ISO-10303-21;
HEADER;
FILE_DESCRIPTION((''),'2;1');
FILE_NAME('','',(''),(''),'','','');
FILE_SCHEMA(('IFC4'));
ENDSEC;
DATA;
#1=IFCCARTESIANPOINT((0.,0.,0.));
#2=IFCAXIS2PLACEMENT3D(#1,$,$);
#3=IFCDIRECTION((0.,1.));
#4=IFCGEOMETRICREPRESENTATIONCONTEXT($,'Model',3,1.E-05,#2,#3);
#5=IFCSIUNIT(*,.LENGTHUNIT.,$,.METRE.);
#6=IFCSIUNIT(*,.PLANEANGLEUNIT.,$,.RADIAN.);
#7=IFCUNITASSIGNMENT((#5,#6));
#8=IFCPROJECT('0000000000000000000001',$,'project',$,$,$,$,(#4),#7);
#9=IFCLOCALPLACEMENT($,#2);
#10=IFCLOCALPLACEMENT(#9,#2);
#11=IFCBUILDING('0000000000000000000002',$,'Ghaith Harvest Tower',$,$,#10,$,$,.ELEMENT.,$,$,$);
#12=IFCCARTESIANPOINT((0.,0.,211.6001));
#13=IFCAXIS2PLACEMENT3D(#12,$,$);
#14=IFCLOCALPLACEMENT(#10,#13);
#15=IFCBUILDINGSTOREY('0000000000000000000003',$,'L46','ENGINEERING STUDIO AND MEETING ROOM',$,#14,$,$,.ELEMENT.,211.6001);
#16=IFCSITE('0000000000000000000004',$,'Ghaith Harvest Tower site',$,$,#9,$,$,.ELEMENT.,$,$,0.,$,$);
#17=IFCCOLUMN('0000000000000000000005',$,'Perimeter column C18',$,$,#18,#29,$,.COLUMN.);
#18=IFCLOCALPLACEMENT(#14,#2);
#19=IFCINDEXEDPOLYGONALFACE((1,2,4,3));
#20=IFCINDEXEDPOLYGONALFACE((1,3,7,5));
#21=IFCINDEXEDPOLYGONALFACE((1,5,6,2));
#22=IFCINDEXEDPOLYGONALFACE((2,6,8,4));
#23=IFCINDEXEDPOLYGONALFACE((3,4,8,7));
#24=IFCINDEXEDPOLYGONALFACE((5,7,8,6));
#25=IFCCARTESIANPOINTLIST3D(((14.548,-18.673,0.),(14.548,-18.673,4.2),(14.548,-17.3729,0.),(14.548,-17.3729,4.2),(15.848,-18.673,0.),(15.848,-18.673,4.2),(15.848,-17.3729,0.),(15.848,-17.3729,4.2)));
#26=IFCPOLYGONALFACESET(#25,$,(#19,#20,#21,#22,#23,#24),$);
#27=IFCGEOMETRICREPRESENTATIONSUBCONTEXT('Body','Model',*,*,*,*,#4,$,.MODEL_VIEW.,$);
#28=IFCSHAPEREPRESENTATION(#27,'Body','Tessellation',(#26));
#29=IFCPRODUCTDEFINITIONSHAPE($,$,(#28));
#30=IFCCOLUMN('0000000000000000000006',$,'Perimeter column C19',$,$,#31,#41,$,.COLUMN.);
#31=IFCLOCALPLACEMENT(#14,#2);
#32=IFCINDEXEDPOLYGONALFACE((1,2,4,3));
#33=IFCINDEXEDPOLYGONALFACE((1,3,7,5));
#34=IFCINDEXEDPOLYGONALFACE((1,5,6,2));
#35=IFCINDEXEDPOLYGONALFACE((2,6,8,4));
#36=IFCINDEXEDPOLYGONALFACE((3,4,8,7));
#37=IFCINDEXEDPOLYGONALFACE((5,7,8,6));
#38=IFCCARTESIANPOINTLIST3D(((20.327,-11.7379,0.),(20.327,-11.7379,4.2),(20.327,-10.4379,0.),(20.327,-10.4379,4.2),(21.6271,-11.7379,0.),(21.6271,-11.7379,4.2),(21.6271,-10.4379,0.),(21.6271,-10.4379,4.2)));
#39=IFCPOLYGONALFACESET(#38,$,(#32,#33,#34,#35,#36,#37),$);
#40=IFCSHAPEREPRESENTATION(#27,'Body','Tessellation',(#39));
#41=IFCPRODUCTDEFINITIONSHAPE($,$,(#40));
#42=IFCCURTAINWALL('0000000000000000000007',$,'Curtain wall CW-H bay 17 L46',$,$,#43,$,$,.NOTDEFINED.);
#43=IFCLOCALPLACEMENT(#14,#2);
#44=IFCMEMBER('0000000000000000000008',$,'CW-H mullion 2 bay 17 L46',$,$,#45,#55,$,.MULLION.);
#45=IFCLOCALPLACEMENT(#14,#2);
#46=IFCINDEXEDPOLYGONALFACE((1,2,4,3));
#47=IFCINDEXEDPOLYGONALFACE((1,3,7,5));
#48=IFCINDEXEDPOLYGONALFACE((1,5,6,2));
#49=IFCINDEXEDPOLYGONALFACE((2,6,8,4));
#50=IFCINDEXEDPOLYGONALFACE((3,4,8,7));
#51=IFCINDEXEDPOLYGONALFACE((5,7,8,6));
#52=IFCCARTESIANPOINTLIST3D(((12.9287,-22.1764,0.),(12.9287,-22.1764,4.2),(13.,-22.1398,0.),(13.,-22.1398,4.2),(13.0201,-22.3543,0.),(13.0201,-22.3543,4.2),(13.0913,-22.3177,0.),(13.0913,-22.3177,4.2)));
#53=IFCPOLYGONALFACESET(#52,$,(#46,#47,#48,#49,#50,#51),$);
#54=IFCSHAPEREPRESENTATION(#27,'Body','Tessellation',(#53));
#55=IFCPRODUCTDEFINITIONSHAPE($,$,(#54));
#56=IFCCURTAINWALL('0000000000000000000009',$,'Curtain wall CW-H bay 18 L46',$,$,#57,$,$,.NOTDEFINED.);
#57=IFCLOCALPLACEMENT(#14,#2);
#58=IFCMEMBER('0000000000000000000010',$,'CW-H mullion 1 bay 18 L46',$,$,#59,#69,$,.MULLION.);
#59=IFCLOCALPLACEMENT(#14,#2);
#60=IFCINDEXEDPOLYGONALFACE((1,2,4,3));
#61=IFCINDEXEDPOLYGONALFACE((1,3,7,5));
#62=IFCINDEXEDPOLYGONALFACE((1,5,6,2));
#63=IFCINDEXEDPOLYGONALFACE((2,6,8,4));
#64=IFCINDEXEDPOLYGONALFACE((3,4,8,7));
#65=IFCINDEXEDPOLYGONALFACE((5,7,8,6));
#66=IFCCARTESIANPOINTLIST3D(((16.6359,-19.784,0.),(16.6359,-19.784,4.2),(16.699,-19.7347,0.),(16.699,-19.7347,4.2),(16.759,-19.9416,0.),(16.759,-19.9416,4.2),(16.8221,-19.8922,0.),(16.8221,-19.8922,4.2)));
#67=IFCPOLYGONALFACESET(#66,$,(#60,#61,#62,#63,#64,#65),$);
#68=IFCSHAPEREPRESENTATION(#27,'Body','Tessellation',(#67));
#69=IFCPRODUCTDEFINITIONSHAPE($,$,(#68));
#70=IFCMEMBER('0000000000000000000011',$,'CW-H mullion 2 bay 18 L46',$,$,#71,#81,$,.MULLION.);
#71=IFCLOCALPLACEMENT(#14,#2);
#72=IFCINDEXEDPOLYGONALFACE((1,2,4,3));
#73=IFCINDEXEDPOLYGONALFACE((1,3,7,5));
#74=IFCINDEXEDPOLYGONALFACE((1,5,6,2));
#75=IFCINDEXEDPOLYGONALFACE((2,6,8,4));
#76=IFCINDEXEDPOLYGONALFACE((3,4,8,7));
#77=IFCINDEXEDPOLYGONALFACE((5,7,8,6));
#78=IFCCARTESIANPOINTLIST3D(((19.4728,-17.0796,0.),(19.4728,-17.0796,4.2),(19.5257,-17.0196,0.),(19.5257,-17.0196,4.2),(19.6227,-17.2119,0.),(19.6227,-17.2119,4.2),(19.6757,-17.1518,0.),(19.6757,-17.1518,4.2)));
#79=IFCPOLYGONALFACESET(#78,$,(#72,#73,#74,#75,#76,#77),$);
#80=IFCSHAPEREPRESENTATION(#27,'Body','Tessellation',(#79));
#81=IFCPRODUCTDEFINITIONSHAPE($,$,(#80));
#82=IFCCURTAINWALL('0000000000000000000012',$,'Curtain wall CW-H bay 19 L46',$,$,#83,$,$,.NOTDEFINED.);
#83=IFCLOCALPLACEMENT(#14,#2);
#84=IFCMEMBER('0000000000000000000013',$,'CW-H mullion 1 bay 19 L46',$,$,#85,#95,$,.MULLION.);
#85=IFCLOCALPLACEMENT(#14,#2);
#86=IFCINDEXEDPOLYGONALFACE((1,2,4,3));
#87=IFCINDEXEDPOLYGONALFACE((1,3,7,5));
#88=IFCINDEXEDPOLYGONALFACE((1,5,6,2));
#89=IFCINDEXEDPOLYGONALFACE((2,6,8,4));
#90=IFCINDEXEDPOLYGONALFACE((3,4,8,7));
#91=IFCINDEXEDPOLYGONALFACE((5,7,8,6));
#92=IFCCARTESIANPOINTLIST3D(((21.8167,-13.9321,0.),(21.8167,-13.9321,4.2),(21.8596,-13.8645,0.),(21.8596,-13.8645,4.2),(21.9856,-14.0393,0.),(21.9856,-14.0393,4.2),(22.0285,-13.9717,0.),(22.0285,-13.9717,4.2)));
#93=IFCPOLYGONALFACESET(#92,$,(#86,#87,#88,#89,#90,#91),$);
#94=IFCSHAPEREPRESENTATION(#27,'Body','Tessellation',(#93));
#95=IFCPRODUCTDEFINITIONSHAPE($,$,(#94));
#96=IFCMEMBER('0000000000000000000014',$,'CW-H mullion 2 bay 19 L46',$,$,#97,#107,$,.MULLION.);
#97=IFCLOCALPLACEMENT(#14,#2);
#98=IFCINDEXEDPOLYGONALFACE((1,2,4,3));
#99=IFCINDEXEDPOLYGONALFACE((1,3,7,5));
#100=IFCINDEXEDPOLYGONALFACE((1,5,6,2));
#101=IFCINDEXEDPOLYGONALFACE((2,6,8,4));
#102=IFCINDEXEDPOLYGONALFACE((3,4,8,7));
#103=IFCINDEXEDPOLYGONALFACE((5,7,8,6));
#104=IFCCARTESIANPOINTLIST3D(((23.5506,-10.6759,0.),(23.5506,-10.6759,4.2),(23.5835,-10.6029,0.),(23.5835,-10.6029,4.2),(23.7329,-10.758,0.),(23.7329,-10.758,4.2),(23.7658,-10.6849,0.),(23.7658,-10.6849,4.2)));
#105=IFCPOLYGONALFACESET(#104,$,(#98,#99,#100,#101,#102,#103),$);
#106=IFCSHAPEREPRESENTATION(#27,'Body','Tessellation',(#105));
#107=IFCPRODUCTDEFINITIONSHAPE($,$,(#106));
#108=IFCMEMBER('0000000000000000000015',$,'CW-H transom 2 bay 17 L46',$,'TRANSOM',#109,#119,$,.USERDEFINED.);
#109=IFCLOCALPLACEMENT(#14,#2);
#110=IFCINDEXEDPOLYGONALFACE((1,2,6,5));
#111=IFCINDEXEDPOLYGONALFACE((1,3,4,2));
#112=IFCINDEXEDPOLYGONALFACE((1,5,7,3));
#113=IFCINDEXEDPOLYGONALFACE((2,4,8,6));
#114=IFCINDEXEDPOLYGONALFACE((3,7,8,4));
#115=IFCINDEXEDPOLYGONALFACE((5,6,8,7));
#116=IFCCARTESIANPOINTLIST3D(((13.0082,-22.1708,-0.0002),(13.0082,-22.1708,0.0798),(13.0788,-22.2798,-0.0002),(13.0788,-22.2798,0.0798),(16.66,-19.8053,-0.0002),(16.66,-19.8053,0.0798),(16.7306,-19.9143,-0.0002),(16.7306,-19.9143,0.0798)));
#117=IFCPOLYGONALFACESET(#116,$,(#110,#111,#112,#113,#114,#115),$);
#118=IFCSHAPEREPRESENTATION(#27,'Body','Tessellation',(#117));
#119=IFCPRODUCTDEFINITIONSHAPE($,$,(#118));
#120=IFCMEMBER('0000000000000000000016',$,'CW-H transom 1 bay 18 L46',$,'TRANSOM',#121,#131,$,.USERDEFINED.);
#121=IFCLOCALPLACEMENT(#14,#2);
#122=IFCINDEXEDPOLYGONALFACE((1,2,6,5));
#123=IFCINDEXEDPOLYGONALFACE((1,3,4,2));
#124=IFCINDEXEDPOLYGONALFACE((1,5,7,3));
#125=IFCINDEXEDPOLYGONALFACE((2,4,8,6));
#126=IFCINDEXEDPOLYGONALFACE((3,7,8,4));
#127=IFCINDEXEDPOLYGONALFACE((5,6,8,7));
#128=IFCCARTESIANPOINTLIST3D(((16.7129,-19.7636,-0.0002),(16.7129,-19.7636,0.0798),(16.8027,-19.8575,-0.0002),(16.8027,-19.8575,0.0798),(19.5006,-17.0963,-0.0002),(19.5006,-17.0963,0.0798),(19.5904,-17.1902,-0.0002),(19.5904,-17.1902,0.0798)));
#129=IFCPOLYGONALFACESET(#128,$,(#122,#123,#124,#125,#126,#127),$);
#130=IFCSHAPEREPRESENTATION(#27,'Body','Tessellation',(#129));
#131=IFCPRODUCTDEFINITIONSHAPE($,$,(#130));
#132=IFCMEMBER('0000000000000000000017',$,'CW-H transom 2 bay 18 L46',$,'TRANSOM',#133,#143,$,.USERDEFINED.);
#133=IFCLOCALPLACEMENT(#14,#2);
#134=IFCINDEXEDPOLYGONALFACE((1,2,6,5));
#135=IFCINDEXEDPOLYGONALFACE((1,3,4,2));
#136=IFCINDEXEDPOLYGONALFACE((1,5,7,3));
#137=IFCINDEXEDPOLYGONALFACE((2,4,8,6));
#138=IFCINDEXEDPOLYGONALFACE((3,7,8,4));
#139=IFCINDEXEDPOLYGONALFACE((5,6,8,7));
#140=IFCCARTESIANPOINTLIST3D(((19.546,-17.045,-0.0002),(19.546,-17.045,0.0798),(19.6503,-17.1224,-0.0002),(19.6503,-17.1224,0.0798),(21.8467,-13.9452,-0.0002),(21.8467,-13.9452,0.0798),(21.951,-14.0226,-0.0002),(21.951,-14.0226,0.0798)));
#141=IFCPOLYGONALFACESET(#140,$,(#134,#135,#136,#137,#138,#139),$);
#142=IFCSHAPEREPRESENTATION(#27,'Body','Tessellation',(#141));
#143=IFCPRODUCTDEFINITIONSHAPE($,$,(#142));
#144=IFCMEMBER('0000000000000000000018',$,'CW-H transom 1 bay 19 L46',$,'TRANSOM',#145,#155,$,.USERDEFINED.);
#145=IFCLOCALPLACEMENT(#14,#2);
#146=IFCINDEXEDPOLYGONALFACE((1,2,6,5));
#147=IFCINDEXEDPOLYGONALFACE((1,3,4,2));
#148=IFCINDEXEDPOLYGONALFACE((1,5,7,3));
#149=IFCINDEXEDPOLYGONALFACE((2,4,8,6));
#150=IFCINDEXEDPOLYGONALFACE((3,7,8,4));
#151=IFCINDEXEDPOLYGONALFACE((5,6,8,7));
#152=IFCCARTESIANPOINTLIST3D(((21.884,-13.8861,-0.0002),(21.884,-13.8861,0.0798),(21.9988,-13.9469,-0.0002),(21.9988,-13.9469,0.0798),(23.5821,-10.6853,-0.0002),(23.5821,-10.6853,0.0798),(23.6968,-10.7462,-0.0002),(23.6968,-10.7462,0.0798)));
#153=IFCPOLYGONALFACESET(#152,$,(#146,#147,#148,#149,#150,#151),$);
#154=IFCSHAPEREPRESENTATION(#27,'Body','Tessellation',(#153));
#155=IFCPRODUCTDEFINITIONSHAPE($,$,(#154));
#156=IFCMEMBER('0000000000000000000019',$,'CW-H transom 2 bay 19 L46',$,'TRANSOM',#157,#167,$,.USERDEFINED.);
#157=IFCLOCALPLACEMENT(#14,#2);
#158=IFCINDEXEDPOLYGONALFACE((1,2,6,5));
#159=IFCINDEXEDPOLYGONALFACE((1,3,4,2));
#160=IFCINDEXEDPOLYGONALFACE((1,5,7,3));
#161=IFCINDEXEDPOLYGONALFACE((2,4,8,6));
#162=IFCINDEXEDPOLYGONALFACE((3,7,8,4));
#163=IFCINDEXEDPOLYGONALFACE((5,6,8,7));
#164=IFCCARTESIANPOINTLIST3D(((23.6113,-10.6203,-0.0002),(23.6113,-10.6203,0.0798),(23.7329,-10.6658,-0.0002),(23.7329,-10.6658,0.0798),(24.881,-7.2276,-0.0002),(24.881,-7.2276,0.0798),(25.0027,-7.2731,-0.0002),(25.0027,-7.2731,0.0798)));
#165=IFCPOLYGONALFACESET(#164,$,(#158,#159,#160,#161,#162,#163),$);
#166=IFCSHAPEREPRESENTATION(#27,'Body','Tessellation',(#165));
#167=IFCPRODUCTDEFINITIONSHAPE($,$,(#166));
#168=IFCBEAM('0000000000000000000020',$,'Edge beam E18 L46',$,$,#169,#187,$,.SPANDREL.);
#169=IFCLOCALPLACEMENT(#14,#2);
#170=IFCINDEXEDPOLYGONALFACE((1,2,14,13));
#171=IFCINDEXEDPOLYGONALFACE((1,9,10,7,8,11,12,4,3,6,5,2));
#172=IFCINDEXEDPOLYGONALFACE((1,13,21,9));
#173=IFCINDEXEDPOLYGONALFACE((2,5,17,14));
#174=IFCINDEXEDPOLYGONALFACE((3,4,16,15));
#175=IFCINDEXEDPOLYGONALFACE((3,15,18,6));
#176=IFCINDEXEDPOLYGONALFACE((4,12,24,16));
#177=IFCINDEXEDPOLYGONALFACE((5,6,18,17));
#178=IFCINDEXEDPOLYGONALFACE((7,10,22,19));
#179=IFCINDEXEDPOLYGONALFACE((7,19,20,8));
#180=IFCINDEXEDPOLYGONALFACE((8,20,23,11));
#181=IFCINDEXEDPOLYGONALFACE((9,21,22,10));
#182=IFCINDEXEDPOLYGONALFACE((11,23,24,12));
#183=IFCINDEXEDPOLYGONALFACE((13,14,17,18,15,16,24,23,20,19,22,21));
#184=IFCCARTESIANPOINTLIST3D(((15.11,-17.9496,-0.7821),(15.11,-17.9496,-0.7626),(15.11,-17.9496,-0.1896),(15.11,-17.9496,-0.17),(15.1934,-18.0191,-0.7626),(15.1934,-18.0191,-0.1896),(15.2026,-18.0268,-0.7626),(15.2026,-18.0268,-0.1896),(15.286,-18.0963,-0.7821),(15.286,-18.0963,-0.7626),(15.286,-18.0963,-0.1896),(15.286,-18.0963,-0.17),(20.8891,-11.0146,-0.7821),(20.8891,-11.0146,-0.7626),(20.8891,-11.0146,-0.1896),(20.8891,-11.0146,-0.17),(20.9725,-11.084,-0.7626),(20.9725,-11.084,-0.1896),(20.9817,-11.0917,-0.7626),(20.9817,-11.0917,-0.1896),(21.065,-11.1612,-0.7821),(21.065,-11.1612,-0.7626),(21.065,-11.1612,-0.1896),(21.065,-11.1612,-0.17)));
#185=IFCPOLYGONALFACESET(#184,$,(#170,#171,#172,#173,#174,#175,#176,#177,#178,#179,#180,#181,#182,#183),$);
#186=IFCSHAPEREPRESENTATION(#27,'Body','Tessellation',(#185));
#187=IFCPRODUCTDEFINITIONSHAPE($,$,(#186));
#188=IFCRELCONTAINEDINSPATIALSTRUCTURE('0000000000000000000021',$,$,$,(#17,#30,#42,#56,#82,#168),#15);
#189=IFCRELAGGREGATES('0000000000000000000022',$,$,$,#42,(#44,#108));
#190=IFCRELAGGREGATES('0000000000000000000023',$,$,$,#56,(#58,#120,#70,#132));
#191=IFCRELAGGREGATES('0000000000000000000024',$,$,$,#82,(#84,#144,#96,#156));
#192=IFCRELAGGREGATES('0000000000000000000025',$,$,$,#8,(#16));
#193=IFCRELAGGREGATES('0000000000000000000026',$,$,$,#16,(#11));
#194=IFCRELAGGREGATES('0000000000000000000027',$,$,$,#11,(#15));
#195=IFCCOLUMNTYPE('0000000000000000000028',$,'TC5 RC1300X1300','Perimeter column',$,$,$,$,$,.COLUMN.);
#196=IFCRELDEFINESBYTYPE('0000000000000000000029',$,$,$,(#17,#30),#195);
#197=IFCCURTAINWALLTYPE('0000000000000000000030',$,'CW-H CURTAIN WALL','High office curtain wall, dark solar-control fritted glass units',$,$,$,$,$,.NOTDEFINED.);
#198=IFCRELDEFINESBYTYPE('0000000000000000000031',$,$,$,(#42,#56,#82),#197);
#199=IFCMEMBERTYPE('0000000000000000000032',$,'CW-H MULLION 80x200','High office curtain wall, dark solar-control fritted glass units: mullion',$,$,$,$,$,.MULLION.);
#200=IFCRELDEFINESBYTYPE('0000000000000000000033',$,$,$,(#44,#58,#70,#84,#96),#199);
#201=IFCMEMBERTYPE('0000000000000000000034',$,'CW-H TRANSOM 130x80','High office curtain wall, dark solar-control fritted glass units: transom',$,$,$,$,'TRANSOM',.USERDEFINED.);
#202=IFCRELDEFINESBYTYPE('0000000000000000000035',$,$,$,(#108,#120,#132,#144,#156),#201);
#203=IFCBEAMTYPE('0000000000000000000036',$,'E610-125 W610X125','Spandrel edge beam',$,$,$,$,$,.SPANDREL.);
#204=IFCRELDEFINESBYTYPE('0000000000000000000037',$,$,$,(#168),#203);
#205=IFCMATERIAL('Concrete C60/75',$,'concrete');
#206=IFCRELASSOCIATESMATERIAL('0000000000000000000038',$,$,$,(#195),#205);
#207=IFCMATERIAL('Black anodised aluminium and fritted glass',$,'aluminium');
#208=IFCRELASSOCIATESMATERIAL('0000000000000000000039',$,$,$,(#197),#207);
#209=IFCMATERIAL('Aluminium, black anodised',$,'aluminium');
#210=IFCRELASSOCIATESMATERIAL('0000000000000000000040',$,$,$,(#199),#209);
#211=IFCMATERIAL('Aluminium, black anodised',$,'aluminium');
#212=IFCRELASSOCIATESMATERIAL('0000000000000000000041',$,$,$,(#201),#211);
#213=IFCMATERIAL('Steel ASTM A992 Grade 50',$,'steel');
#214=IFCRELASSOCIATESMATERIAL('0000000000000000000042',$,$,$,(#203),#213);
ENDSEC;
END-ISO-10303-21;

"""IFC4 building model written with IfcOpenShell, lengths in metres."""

from ifc_helpers import new_model, si_unit, direction, frame, origin, origin_2d, place, context, subcontext, project, spatial, rectangle, i_section, extrude, material, material_profile, profile_set, type_object, element, aggregate, save


model = new_model("IFC4")

# Units and contexts
model_context = context("Model", 3, precision=1e-05, world=origin(), true_north=direction((0.0, 1.0)))
body_context = subcontext(model_context, "Body", "Model", "MODEL_VIEW")
ifc_project = project(units=[si_unit("LENGTHUNIT", "METRE"), si_unit("PLANEANGLEUNIT", "RADIAN")], contexts=[model_context])

# Site, building, storey
site_placement = place(None, origin())
site = spatial("IfcSite", under=ifc_project, at=site_placement, Name="Ghaith Harvest Tower site", CompositionType="ELEMENT", RefElevation=0.0)
building_placement = place(site_placement, origin())
building = spatial("IfcBuilding", under=site, at=building_placement, Name="Ghaith Harvest Tower", CompositionType="ELEMENT")
storey_placement = place(building_placement, frame((0.0, 0.0, 211.6001)))
storey = spatial("IfcBuildingStorey", under=building, at=storey_placement, Name="L46", Description="ENGINEERING STUDIO AND MEETING ROOM", CompositionType="ELEMENT", Elevation=211.6001)

# Columns
ifc_material_1 = material(Name="Concrete C60/75", Category="concrete")
ifc_material_profile_1 = material_profile(ifc_material_1, rectangle(XDim=1.3, YDim=1.3, at=origin_2d()), Name="RC1300X1300")
ifc_profile_set_1 = profile_set([ifc_material_profile_1], Name="Concrete C60/75")
column_type = type_object("IfcColumnType", Name="TC5 RC1300X1300", Description="Perimeter column", PredefinedType="COLUMN", material=ifc_profile_set_1)
for number, where, z_axis, x_axis, name in (
    (1, (15.198, -18.0229, 0.0), (0.0, 0.0, 1.0), (1.0, 0.0, 0.0), "Perimeter column C18"),
    (2, (20.9771, -11.0879, 0.0), (0.0, 0.0, 1.0), (1.0, 0.0, 0.0), "Perimeter column C19"),
):
    element("IfcColumn", number, at=place(storey_placement, frame(where, z_axis=z_axis, x_axis=x_axis)), inside=storey, type_object=column_type, Name=name, PredefinedType="COLUMN", context=body_context, shape_type="SweptSolid", body=[
        extrude(rectangle(XDim=1.3, YDim=1.3, at=origin_2d()), origin(), (0.0, 0.0, 1.0), 4.2),
    ])

# Curtain wall, member
ifc_material_2 = material(Name="Black anodised aluminium and fritted glass", Category="aluminium")
curtain_wall_type = type_object("IfcCurtainWallType", Name="CW-H CURTAIN WALL", Description="High office curtain wall, dark solar-control fritted glass units", PredefinedType="NOTDEFINED", material=ifc_material_2)
curtain_wall_1_placement = place(storey_placement, origin())
curtain_wall_1 = element("IfcCurtainWall", 3, at=curtain_wall_1_placement, inside=storey, type_object=curtain_wall_type, Name="Curtain wall CW-H bay 17 L46", PredefinedType="NOTDEFINED")
ifc_material_3 = material(Name="Aluminium, black anodised", Category="aluminium")
ifc_material_profile_2 = material_profile(ifc_material_3, rectangle(XDim=0.0801, YDim=0.2, at=origin_2d()), Name="CW-H MULLION 80x200")
ifc_profile_set_2 = profile_set([ifc_material_profile_2], Name="Aluminium, black anodised")
member_type_1 = type_object("IfcMemberType", Name="CW-H MULLION 80x200", Description="High office curtain wall, dark solar-control fritted glass units: mullion", PredefinedType="MULLION", material=ifc_profile_set_2)
member_1_placement = place(storey_placement, frame((13.01, -22.2471, 0.0), z_axis=(0.0, 0.0, 1.0), x_axis=(0.889568, 0.456802, 0.0)))
member_1 = element("IfcMember", 4, at=member_1_placement, type_object=member_type_1, Name="CW-H mullion 2 bay 17 L46", PredefinedType="MULLION", context=body_context, shape_type="SweptSolid", body=[
    extrude(rectangle(XDim=0.0801, YDim=0.2, at=origin_2d()), origin(), (0.0, 0.0, 1.0), 4.2),
])

# Curtain walls, members
curtain_wall_2_placement = place(storey_placement, origin())
curtain_wall_2 = element("IfcCurtainWall", 5, at=curtain_wall_2_placement, inside=storey, type_object=curtain_wall_type, Name="Curtain wall CW-H bay 18 L46", PredefinedType="NOTDEFINED")
member_2_placement = place(storey_placement, frame((16.729, -19.8381, 0.0), z_axis=(0.0, 0.0, 1.0), x_axis=(0.787846, 0.615873, 0.0)))
member_2 = element("IfcMember", 6, at=member_2_placement, type_object=member_type_1, Name="CW-H mullion 1 bay 18 L46", PredefinedType="MULLION", context=body_context, shape_type="SweptSolid", body=[
    extrude(rectangle(XDim=0.0801, YDim=0.2, at=origin_2d()), origin(), (0.0, 0.0, 1.0), 4.2),
])
member_3_placement = place(storey_placement, frame((19.5742, -17.1157, 0.0), z_axis=(0.0, 0.0, 1.0), x_axis=(0.661615, 0.749844, 0.0)))
member_3 = element("IfcMember", 7, at=member_3_placement, type_object=member_type_1, Name="CW-H mullion 2 bay 18 L46", PredefinedType="MULLION", context=body_context, shape_type="SweptSolid", body=[
    extrude(rectangle(XDim=0.0801, YDim=0.2, at=origin_2d()), origin(), (0.0, 0.0, 1.0), 4.2),
])
curtain_wall_3_placement = place(storey_placement, origin())
curtain_wall_3 = element("IfcCurtainWall", 8, at=curtain_wall_3_placement, inside=storey, type_object=curtain_wall_type, Name="Curtain wall CW-H bay 19 L46", PredefinedType="NOTDEFINED")
member_4_placement = place(storey_placement, frame((21.9226, -13.9519, 0.0), z_axis=(0.0, 0.0, 1.0), x_axis=(0.535827, 0.844328, 0.0)))
member_4 = element("IfcMember", 9, at=member_4_placement, type_object=member_type_1, Name="CW-H mullion 1 bay 19 L46", PredefinedType="MULLION", context=body_context, shape_type="SweptSolid", body=[
    extrude(rectangle(XDim=0.0801, YDim=0.2, at=origin_2d()), origin(), (0.0, 0.0, 1.0), 4.2),
])
member_5_placement = place(storey_placement, frame((23.6582, -10.6804, 0.0), z_axis=(0.0, 0.0, 1.0), x_axis=(0.41043, 0.911892, 0.0)))
member_5 = element("IfcMember", 10, at=member_5_placement, type_object=member_type_1, Name="CW-H mullion 2 bay 19 L46", PredefinedType="MULLION", context=body_context, shape_type="SweptSolid", body=[
    extrude(rectangle(XDim=0.0801, YDim=0.2, at=origin_2d()), origin(), (0.0, 0.0, 1.0), 4.2),
])

# Members
ifc_material_4 = material(Name="Aluminium, black anodised", Category="aluminium")
ifc_material_profile_3 = material_profile(ifc_material_4, rectangle(XDim=0.1299, YDim=0.0801, at=origin_2d()), Name="CW-H TRANSOM 130x80")
ifc_profile_set_3 = profile_set([ifc_material_profile_3], Name="Aluminium, black anodised")
member_type_2 = type_object("IfcMemberType", Name="CW-H TRANSOM 130x80", Description="High office curtain wall, dark solar-control fritted glass units: transom", ElementType="TRANSOM", PredefinedType="USERDEFINED", material=ifc_profile_set_3)
member_6_placement = place(storey_placement, frame((13.0435, -22.2253, 0.0398), z_axis=(0.839307, 0.543658, 0.0), x_axis=(-0.543658, 0.839307, 0.0)))
member_6 = element("IfcMember", 11, at=member_6_placement, type_object=member_type_2, Name="CW-H transom 2 bay 17 L46", ObjectType="TRANSOM", PredefinedType="USERDEFINED", context=body_context, shape_type="SweptSolid", body=[
    extrude(rectangle(XDim=0.1299, YDim=0.0801, at=origin_2d()), origin(), (0.0, 0.0, 1.0), 4.3511),
])
member_7_placement = place(storey_placement, frame((16.7578, -19.8105, 0.0398), z_axis=(0.722533, 0.691336, 0.0), x_axis=(-0.691336, 0.722533, 0.0)))
member_7 = element("IfcMember", 12, at=member_7_placement, type_object=member_type_2, Name="CW-H transom 1 bay 18 L46", ObjectType="TRANSOM", PredefinedType="USERDEFINED", context=body_context, shape_type="SweptSolid", body=[
    extrude(rectangle(XDim=0.1299, YDim=0.0801, at=origin_2d()), origin(), (0.0, 0.0, 1.0), 3.8582),
])
member_8_placement = place(storey_placement, frame((19.5981, -17.0837, 0.0398), z_axis=(0.595996, 0.802988, 0.0), x_axis=(-0.802988, 0.595996, 0.0)))
member_8 = element("IfcMember", 13, at=member_8_placement, type_object=member_type_2, Name="CW-H transom 2 bay 18 L46", ObjectType="TRANSOM", PredefinedType="USERDEFINED", context=body_context, shape_type="SweptSolid", body=[
    extrude(rectangle(XDim=0.1299, YDim=0.0801, at=origin_2d()), origin(), (0.0, 0.0, 1.0), 3.8604),
])
member_9_placement = place(storey_placement, frame((21.9414, -13.9165, 0.0398), z_axis=(0.468646, 0.883386, 0.0), x_axis=(-0.883386, 0.468646, 0.0)))
member_9 = element("IfcMember", 14, at=member_9_placement, type_object=member_type_2, Name="CW-H transom 1 bay 19 L46", ObjectType="TRANSOM", PredefinedType="USERDEFINED", context=body_context, shape_type="SweptSolid", body=[
    extrude(rectangle(XDim=0.1299, YDim=0.0801, at=origin_2d()), origin(), (0.0, 0.0, 1.0), 3.6233),
])
member_10_placement = place(storey_placement, frame((23.6721, -10.6431, 0.0398), z_axis=(0.35051, 0.936559, 0.0), x_axis=(-0.936559, 0.35051, 0.0)))
member_10 = element("IfcMember", 15, at=member_10_placement, type_object=member_type_2, Name="CW-H transom 2 bay 19 L46", ObjectType="TRANSOM", PredefinedType="USERDEFINED", context=body_context, shape_type="SweptSolid", body=[
    extrude(rectangle(XDim=0.1299, YDim=0.0801, at=origin_2d()), origin(), (0.0, 0.0, 1.0), 3.6226),
])

# Beam
ifc_material_5 = material(Name="Steel ASTM A992 Grade 50", Category="steel")
ifc_material_profile_4 = material_profile(ifc_material_5, i_section(OverallWidth=0.229, OverallDepth=0.6121, WebThickness=0.012, FlangeThickness=0.0195, at=origin_2d()), Name="W610X125")
ifc_profile_set_4 = profile_set([ifc_material_profile_4], Name="Steel ASTM A992 Grade 50")
beam_type_1 = type_object("IfcBeamType", Name="E610-125 W610X125", Description="Spandrel edge beam", PredefinedType="SPANDREL", material=ifc_profile_set_4)
beam_1_placement = place(storey_placement, frame((15.198, -18.0229, -0.4761), z_axis=(0.640174, 0.76823, 0.0), x_axis=(-0.76823, 0.640174, 0.0)))
element("IfcBeam", 16, at=beam_1_placement, inside=storey, type_object=beam_type_1, Name="Edge beam E18 L46", PredefinedType="SPANDREL", context=body_context, shape_type="SweptSolid", body=[
    extrude(i_section(OverallWidth=0.229, OverallDepth=0.6121, WebThickness=0.012, FlangeThickness=0.0195, at=origin_2d()), origin(), (0.0, 0.0, 1.0), 9.0273),
])

aggregate(curtain_wall_1, [member_1, member_6])
aggregate(curtain_wall_2, [member_2, member_7, member_3, member_8])
aggregate(curtain_wall_3, [member_4, member_9, member_5, member_10])

save(model, "model.ifc")
